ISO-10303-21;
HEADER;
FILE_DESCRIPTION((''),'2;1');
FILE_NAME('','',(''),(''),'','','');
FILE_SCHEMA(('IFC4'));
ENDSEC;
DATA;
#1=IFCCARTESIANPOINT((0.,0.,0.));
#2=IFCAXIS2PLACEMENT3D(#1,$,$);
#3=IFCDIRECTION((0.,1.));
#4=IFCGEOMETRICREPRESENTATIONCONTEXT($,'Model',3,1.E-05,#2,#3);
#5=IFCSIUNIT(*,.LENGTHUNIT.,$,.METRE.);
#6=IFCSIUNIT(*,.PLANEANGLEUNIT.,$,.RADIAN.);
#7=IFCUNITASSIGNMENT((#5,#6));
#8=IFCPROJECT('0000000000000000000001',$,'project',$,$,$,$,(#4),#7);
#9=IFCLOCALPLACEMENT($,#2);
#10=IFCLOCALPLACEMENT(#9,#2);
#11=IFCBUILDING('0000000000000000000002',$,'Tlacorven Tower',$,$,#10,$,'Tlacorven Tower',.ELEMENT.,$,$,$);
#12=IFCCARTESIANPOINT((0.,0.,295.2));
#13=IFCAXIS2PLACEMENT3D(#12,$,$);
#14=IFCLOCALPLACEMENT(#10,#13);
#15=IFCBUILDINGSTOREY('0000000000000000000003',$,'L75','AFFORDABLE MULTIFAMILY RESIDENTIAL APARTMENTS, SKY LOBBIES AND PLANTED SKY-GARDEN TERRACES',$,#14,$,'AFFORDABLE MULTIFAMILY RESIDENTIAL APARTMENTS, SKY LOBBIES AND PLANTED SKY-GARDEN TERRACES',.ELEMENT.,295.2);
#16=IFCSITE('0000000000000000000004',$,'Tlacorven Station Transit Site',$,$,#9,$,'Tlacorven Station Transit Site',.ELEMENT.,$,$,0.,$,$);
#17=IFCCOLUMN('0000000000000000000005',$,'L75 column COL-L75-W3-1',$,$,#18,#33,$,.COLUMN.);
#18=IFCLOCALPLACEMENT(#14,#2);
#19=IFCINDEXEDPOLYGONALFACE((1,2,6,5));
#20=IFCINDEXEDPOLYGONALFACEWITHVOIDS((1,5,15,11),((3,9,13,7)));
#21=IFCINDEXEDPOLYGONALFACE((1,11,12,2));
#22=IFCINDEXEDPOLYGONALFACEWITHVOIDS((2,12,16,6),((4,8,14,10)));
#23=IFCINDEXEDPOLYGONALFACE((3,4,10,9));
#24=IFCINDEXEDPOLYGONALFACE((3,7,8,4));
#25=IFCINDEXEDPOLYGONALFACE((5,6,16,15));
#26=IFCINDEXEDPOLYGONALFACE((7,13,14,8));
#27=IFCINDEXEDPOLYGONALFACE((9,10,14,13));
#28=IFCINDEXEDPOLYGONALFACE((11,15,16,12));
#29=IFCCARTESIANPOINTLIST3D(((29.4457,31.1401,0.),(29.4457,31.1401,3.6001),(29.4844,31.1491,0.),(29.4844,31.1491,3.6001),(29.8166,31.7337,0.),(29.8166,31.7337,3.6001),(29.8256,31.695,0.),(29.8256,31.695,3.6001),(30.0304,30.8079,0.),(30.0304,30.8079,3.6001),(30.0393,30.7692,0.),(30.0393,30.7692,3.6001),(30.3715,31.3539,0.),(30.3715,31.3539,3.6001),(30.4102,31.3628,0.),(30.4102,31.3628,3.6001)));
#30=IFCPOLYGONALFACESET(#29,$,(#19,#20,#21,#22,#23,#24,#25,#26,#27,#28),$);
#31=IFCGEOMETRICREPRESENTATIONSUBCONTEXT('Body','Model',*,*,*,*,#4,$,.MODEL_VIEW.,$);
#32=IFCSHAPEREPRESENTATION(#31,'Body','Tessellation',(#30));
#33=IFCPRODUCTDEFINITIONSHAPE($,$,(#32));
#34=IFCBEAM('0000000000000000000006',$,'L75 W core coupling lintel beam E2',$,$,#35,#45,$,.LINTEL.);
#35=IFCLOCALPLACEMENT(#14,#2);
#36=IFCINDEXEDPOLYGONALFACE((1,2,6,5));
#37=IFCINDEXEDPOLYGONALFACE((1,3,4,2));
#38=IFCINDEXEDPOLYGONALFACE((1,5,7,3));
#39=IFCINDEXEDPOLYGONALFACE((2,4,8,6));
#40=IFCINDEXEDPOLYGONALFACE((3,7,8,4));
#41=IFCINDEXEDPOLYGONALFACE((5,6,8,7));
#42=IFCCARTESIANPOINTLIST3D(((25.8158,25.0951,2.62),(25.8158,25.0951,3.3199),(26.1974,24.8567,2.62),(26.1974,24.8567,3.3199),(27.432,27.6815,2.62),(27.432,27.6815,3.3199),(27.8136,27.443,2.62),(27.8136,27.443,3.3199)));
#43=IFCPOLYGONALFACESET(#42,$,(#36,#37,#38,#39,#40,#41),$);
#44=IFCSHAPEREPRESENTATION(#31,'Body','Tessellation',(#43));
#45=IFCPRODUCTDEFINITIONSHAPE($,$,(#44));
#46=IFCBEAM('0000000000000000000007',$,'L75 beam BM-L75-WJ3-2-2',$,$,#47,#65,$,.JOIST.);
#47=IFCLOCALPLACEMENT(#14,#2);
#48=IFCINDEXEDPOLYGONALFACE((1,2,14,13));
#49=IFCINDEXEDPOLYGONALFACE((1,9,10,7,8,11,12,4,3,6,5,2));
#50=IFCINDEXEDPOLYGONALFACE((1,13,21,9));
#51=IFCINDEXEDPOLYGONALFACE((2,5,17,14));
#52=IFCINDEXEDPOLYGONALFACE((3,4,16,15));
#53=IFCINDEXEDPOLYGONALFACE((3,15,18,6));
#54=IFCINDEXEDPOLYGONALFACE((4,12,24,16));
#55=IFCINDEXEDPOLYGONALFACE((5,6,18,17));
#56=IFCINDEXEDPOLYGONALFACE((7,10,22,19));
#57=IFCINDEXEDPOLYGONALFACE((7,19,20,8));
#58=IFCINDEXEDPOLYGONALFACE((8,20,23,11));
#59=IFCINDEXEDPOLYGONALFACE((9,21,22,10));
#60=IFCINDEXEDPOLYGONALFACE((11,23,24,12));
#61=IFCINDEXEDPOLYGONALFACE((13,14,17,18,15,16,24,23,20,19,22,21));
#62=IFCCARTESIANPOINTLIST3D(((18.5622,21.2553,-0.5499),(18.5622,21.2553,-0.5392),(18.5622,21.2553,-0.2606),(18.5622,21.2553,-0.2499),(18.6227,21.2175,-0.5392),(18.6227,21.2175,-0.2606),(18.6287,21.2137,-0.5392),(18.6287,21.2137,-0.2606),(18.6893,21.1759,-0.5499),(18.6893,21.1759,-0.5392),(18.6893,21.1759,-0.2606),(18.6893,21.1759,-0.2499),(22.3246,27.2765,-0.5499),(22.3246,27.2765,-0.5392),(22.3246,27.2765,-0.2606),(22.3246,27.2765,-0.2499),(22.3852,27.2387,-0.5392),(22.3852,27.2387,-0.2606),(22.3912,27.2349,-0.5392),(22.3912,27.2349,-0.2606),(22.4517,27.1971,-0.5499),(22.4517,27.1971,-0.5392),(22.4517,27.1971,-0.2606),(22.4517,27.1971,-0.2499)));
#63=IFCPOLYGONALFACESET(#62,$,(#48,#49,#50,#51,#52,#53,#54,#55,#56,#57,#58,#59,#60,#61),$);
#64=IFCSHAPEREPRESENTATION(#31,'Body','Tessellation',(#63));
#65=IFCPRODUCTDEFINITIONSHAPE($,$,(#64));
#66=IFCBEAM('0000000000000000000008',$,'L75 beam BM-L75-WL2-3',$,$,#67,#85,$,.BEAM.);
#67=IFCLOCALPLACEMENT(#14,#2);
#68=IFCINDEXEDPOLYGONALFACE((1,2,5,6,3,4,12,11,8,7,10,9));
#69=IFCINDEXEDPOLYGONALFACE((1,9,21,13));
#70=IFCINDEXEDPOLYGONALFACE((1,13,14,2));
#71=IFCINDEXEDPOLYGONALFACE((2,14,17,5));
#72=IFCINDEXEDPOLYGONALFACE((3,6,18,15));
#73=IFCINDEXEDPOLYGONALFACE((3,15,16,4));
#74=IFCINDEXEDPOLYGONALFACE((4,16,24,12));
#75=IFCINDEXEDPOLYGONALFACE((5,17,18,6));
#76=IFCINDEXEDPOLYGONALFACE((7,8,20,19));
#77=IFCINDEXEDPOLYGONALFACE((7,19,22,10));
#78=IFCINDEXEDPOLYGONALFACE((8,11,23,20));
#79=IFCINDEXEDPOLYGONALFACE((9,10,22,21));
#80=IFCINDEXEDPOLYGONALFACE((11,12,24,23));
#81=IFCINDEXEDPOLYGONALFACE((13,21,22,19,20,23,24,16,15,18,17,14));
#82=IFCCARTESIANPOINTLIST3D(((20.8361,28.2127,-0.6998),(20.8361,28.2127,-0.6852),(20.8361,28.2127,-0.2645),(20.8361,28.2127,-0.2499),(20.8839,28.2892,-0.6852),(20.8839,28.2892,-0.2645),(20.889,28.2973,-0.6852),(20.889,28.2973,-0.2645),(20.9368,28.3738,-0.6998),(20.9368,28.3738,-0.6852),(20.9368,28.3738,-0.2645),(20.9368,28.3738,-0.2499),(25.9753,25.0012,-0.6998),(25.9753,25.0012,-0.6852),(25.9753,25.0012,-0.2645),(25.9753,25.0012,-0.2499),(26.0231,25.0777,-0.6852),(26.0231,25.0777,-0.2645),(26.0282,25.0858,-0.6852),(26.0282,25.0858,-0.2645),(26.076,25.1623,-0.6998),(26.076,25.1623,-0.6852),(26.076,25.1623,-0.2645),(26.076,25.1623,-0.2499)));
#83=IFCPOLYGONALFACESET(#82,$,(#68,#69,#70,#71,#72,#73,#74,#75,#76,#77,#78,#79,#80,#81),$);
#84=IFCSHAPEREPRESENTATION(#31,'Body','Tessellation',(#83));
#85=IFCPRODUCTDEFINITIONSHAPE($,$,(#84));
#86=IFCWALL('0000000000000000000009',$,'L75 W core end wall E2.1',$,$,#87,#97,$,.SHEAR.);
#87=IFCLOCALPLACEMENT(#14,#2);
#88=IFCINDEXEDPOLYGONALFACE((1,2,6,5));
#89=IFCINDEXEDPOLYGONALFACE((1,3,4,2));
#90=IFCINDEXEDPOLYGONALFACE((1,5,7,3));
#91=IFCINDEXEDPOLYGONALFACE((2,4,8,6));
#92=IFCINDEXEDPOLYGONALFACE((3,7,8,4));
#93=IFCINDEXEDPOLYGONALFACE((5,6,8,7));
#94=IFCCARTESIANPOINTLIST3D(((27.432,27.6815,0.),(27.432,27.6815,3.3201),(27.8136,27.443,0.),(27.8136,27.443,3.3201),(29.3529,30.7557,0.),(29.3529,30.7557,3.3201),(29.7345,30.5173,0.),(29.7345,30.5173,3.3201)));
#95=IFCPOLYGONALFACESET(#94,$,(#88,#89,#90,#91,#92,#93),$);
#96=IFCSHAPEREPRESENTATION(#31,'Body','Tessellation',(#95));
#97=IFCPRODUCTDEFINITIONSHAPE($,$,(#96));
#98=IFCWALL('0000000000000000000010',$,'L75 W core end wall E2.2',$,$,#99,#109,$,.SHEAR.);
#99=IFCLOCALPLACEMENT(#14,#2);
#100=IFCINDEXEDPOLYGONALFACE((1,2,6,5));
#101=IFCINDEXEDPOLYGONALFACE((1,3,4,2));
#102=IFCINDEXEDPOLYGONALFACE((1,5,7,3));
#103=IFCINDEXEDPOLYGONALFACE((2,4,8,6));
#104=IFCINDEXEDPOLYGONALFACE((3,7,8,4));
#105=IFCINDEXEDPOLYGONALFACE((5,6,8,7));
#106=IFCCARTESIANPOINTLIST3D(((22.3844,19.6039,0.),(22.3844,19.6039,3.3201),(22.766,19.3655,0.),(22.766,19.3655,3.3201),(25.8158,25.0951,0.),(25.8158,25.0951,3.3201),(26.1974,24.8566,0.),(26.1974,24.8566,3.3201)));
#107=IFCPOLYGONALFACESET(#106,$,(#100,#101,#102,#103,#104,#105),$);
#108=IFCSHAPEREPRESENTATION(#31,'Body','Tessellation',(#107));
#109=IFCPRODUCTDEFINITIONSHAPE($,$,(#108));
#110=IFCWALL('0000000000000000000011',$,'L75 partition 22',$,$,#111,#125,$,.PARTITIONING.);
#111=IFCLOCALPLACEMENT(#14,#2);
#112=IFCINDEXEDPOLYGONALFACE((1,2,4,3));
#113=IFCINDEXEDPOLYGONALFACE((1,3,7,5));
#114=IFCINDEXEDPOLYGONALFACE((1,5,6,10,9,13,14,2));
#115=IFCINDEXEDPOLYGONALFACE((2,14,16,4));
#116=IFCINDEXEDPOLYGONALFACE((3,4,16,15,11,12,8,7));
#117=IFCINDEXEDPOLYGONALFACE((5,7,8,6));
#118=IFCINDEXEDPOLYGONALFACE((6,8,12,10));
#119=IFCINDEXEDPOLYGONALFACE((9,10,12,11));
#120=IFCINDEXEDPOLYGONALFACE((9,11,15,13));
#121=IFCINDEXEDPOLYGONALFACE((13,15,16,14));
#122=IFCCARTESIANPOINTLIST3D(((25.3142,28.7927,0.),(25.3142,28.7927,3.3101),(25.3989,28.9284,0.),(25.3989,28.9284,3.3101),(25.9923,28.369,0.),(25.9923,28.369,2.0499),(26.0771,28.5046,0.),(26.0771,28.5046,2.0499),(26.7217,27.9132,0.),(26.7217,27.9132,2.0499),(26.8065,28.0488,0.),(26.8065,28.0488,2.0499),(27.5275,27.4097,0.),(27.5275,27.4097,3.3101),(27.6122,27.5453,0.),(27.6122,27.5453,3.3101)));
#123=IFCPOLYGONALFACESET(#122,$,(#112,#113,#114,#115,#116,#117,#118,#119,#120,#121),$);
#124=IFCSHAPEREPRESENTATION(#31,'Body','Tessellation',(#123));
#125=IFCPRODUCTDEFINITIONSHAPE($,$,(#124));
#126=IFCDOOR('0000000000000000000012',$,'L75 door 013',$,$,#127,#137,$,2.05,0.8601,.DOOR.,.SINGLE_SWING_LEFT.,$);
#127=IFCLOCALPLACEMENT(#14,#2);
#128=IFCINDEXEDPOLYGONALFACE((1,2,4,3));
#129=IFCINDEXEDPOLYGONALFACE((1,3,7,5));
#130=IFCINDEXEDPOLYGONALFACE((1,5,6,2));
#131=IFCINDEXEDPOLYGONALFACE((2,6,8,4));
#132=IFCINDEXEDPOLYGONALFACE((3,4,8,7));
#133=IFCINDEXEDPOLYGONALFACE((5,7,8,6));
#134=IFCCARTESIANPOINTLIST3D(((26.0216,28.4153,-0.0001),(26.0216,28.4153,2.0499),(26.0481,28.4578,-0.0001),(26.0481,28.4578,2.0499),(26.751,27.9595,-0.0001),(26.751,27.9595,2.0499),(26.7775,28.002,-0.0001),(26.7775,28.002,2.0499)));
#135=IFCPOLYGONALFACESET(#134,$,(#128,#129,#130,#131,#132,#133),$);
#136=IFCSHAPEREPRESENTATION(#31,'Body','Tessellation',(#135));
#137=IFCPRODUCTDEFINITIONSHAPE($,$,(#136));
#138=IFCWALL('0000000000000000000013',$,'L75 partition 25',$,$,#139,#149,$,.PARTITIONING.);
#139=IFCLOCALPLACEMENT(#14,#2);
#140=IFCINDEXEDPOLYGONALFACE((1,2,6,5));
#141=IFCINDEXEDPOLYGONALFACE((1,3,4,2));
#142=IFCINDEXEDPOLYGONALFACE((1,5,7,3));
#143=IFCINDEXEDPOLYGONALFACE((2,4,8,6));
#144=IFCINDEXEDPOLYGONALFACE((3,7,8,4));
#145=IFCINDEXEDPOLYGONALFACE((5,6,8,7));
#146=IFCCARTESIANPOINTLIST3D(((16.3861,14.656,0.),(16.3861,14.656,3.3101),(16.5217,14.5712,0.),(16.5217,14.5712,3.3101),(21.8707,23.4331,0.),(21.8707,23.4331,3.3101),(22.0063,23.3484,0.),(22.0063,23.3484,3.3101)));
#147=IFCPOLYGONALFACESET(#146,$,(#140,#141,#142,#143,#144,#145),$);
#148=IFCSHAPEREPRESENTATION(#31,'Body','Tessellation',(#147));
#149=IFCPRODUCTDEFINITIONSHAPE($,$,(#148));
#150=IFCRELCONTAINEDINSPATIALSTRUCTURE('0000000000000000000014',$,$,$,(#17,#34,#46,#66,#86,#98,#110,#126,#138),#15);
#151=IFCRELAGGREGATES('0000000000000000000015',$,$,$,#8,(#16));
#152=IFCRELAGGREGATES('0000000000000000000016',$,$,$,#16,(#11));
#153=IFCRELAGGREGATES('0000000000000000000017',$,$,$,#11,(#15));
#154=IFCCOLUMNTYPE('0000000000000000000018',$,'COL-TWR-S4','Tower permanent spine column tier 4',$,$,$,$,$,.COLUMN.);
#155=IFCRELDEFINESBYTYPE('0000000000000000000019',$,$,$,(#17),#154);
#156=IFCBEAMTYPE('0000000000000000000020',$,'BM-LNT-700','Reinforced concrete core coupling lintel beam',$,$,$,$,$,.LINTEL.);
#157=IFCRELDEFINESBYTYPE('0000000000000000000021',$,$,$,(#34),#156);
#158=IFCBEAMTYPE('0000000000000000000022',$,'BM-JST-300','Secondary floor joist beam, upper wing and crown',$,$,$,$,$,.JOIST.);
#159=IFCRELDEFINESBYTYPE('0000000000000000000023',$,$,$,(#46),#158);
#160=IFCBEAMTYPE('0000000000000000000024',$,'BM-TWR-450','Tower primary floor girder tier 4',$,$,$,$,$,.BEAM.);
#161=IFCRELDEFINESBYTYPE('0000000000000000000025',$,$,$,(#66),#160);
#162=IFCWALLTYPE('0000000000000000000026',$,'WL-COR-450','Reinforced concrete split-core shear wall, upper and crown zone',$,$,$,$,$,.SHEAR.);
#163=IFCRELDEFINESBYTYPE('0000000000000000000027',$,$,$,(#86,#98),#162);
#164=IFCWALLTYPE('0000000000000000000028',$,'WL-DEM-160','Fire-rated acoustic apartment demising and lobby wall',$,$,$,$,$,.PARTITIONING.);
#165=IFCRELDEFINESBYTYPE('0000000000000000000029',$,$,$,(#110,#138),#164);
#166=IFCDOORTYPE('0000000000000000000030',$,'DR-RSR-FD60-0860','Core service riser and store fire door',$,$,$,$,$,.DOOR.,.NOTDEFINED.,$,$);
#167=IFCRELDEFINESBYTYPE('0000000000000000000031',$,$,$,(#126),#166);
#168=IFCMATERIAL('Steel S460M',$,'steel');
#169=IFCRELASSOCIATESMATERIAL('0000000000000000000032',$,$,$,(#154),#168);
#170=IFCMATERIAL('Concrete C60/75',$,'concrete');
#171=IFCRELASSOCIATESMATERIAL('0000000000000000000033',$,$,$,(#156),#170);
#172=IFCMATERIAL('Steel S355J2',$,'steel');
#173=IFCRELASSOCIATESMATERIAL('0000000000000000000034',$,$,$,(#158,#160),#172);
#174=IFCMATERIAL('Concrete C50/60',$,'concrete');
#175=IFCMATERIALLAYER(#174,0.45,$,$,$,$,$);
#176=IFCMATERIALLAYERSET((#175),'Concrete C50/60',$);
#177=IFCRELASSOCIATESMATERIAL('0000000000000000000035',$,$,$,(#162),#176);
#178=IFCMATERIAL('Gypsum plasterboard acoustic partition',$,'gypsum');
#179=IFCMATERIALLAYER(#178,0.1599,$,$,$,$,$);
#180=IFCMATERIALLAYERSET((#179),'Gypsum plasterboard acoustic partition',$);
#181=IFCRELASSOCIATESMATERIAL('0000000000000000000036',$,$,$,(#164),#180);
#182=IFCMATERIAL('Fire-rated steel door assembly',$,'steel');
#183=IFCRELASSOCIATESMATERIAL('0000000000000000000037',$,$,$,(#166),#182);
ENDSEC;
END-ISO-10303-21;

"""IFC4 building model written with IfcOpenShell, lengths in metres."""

from ifc_helpers import new_model, si_unit, direction, frame, frame_2d, origin, origin_2d, place, context, subcontext, project, spatial, rectangle, hollow_rectangle, i_section, extrude, source, transform, mapped, material, layer, layer_set, material_profile, profile_set, type_object, element, fill, save


model = new_model("IFC4")

# Units and contexts
model_context = context("Model", 3, precision=1e-05, world=origin(), true_north=direction((0.0, 1.0)))
body_context = subcontext(model_context, "Body", "Model", "MODEL_VIEW")
ifc_project = project(units=[si_unit("LENGTHUNIT", "METRE"), si_unit("PLANEANGLEUNIT", "RADIAN")], contexts=[model_context])

# Site, building, storey
site_placement = place(None, origin())
site = spatial("IfcSite", under=ifc_project, at=site_placement, Name="Tlacorven Station Transit Site", LongName="Tlacorven Station Transit Site", CompositionType="ELEMENT", RefElevation=0.0)
building_placement = place(site_placement, origin())
building = spatial("IfcBuilding", under=site, at=building_placement, Name="Tlacorven Tower", LongName="Tlacorven Tower", CompositionType="ELEMENT")
storey_placement = place(building_placement, frame((0.0, 0.0, 295.2)))
storey = spatial("IfcBuildingStorey", under=building, at=storey_placement, Name="L75", Description="AFFORDABLE MULTIFAMILY RESIDENTIAL APARTMENTS, SKY LOBBIES AND PLANTED SKY-GARDEN TERRACES", LongName="AFFORDABLE MULTIFAMILY RESIDENTIAL APARTMENTS, SKY LOBBIES AND PLANTED SKY-GARDEN TERRACES", CompositionType="ELEMENT", Elevation=295.2)

# Column
ifc_material_1 = material(Name="Steel S460M", Category="steel")
ifc_material_profile_1 = material_profile(ifc_material_1, hollow_rectangle(XDim=0.7, YDim=0.7, WallThickness=0.0281, at=origin_2d()), Name="BOX 700X700X28")
ifc_profile_set_1 = profile_set([ifc_material_profile_1], Name="Steel S460M")
column_type = type_object("IfcColumnType", Name="COL-TWR-S4", Description="Tower permanent spine column tier 4", PredefinedType="COLUMN", material=ifc_profile_set_1)
shared_shape_1 = source(origin(), body_context, "Body", "SweptSolid", [
    extrude(hollow_rectangle(XDim=0.7, YDim=0.7, WallThickness=0.0281, at=origin_2d()), origin(), (0.0, 0.0, 1.0), 3.6001),
])
column_placement = place(storey_placement, frame((29.928, 31.2515, 0.0), z_axis=(0.0, 0.0, 1.0), x_axis=(-0.848048, 0.529919, 0.0)))
element("IfcColumn", 1, at=column_placement, inside=storey, type_object=column_type, Name="L75 column COL-L75-W3-1", PredefinedType="COLUMN", context=body_context, shape_type="MappedRepresentation", body=[
    mapped(shared_shape_1, transform((0.0, 0.0, 0.0), scale=1.0)),
])

# Beams
ifc_material_2 = material(Name="Concrete C60/75", Category="concrete")
ifc_material_profile_2 = material_profile(ifc_material_2, rectangle(XDim=0.45, YDim=0.7, at=origin_2d()), Name="RC 450X700")
ifc_profile_set_2 = profile_set([ifc_material_profile_2], Name="Concrete C60/75")
beam_type_1 = type_object("IfcBeamType", Name="BM-LNT-700", Description="Reinforced concrete core coupling lintel beam", PredefinedType="LINTEL", material=ifc_profile_set_2)
shared_shape_2 = source(origin(), body_context, "Body", "SweptSolid", [
    extrude(rectangle(XDim=0.45, YDim=0.7, at=origin_2d()), origin(), (0.0, 0.0, 1.0), 3.0498),
])
beam_1_placement = place(storey_placement, frame((27.6228, 27.5623, 2.97), z_axis=(-0.529927, -0.848043, 0.0), x_axis=(0.848043, -0.529927, 0.0)))
element("IfcBeam", 2, at=beam_1_placement, inside=storey, type_object=beam_type_1, Name="L75 W core coupling lintel beam E2", PredefinedType="LINTEL", context=body_context, shape_type="MappedRepresentation", body=[
    mapped(shared_shape_2, transform((0.0, 0.0, 0.0), scale=1.0)),
])
ifc_material_3 = material(Name="Steel S355J2", Category="steel")
ifc_material_profile_3 = material_profile(ifc_material_3, i_section(OverallWidth=0.1499, OverallDepth=0.3, WebThickness=0.0071, FlangeThickness=0.0107, at=origin_2d()), Name="IPE 300")
ifc_profile_set_3 = profile_set([ifc_material_profile_3], Name="Steel S355J2")
beam_type_2 = type_object("IfcBeamType", Name="BM-JST-300", Description="Secondary floor joist beam, upper wing and crown", PredefinedType="JOIST", material=ifc_profile_set_3)
shared_shape_3 = source(origin(), body_context, "Body", "SweptSolid", [
    extrude(i_section(OverallWidth=0.1499, OverallDepth=0.3, WebThickness=0.0071, FlangeThickness=0.0107, at=origin_2d()), origin(), (0.0, 0.0, 1.0), 7.1001),
])
beam_2_placement = place(storey_placement, frame((22.3882, 27.2368, -0.3999), z_axis=(-0.529915, -0.84805, 0.0), x_axis=(0.84805, -0.529915, 0.0)))
element("IfcBeam", 3, at=beam_2_placement, inside=storey, type_object=beam_type_2, Name="L75 beam BM-L75-WJ3-2-2", PredefinedType="JOIST", context=body_context, shape_type="MappedRepresentation", body=[
    mapped(shared_shape_3, transform((0.0, 0.0, 0.0), scale=1.0)),
])
ifc_material_profile_4 = material_profile(ifc_material_3, i_section(OverallWidth=0.1899, OverallDepth=0.45, WebThickness=0.0095, FlangeThickness=0.0146, at=origin_2d()), Name="IPE 450")
ifc_profile_set_4 = profile_set([ifc_material_profile_4], Name="Steel S355J2")
beam_type_3 = type_object("IfcBeamType", Name="BM-TWR-450", Description="Tower primary floor girder tier 4", PredefinedType="BEAM", material=ifc_profile_set_4)
shared_shape_4 = source(origin(), body_context, "Body", "SweptSolid", [
    extrude(i_section(OverallWidth=0.1899, OverallDepth=0.45, WebThickness=0.0095, FlangeThickness=0.0146, at=origin_2d()), origin(), (0.0, 0.0, 1.0), 6.0601),
])
beam_3_placement = place(storey_placement, frame((26.0256, 25.0818, -0.4749), z_axis=(-0.848039, 0.529934, 0.0), x_axis=(-0.529934, -0.848039, 0.0)))
element("IfcBeam", 4, at=beam_3_placement, inside=storey, type_object=beam_type_3, Name="L75 beam BM-L75-WL2-3", PredefinedType="BEAM", context=body_context, shape_type="MappedRepresentation", body=[
    mapped(shared_shape_4, transform((0.0, 0.0, 0.0), scale=1.0)),
])

# Walls
ifc_material_4 = material(Name="Concrete C50/60", Category="concrete")
ifc_layer_1 = layer(ifc_material_4, 0.45)
ifc_layer_set_1 = layer_set([ifc_layer_1], Name="Concrete C50/60")
wall_type_1 = type_object("IfcWallType", Name="WL-COR-450", Description="Reinforced concrete split-core shear wall, upper and crown zone", PredefinedType="SHEAR", material=ifc_layer_set_1)
wall_1_placement = place(storey_placement, frame((29.5437, 30.6365, 0.0), z_axis=(0.0, 0.0, 1.0), x_axis=(-0.529902, -0.848059, 0.0)))
element("IfcWall", 5, at=wall_1_placement, inside=storey, type_object=wall_type_1, Name="L75 W core end wall E2.1", PredefinedType="SHEAR", context=body_context, shape_type="SweptSolid", body=[
    extrude(rectangle(XDim=3.625, YDim=0.45, at=frame_2d((1.8125, 0.0))), origin(), (0.0, 0.0, 1.0), 3.3201),
])
wall_2_placement = place(storey_placement, frame((26.0066, 24.9758, 0.0), z_axis=(0.0, 0.0, 1.0), x_axis=(-0.529931, -0.848041, 0.0)))
element("IfcWall", 6, at=wall_2_placement, inside=storey, type_object=wall_type_1, Name="L75 W core end wall E2.2", PredefinedType="SHEAR", context=body_context, shape_type="SweptSolid", body=[
    extrude(rectangle(XDim=6.4751, YDim=0.45, at=frame_2d((3.2375, 0.0))), origin(), (0.0, 0.0, 1.0), 3.3201),
])

# Wall, opening, door
ifc_material_5 = material(Name="Gypsum plasterboard acoustic partition", Category="gypsum")
ifc_layer_2 = layer(ifc_material_5, 0.1599)
ifc_layer_set_2 = layer_set([ifc_layer_2], Name="Gypsum plasterboard acoustic partition")
wall_type_2 = type_object("IfcWallType", Name="WL-DEM-160", Description="Fire-rated acoustic apartment demising and lobby wall", PredefinedType="PARTITIONING", material=ifc_layer_set_2)
wall_3_placement = place(storey_placement, frame((27.5698, 27.4775, 0.0), z_axis=(0.0, 0.0, 1.0), x_axis=(-0.848051, 0.529915, 0.0)))
wall_3 = element("IfcWall", 7, at=wall_3_placement, inside=storey, type_object=wall_type_2, Name="L75 partition 22", PredefinedType="PARTITIONING", context=body_context, shape_type="SweptSolid", body=[
    extrude(rectangle(XDim=2.6099, YDim=0.1599, at=frame_2d((1.3049, 0.0))), origin(), (0.0, 0.0, 1.0), 3.3101),
])
opening_1_placement = place(wall_3_placement, frame((0.95, 0.0, 0.0)))
opening_1 = element("IfcOpeningElement", 8, at=opening_1_placement, cuts=wall_3, PredefinedType="OPENING", context=body_context, shape_type="SweptSolid", body=[
    extrude(rectangle(XDim=0.8601, YDim=2.05, at=frame_2d((0.4302, 1.0249))), frame((0.0, 0.0898, 0.0), z_axis=(0.0, -1.0, 0.0), x_axis=(1.0, 0.0, 0.0)), (0.0, 0.0, 1.0), 0.1799),
])
ifc_material_6 = material(Name="Fire-rated steel door assembly", Category="steel")
door_type_1 = type_object("IfcDoorType", Name="DR-RSR-FD60-0860", Description="Core service riser and store fire door", OperationType="NOTDEFINED", PredefinedType="DOOR", material=ifc_material_6)
shared_shape_5 = source(origin(), body_context, "Body", "SweptSolid", [
    extrude(rectangle(XDim=0.8601, YDim=2.05, at=frame_2d((0.4302, 1.0249))), frame((0.0, 0.0249, 0.0), z_axis=(0.0, -1.0, 0.0), x_axis=(1.0, 0.0, 0.0)), (0.0, 0.0, 1.0), 0.05),
])
door_1_placement = place(opening_1_placement, frame((0.8601, 0.0, 0.0), z_axis=(0.0, 0.0, 1.0), x_axis=(-1.0, 0.0, 0.0)))
door_1 = element("IfcDoor", 9, at=door_1_placement, inside=storey, type_object=door_type_1, Name="L75 door 013", OperationType="SINGLE_SWING_LEFT", OverallHeight=2.05, OverallWidth=0.8601, PredefinedType="DOOR", context=body_context, shape_type="MappedRepresentation", body=[
    mapped(shared_shape_5, transform((0.0, 0.0, 0.0), scale=1.0)),
])
fill(opening_1, door_1)

# Wall
wall_4_placement = place(storey_placement, frame((21.9385, 23.3906, 0.0), z_axis=(0.0, 0.0, 1.0), x_axis=(-0.529925, -0.848045, 0.0)))
element("IfcWall", 10, at=wall_4_placement, inside=storey, type_object=wall_type_2, Name="L75 partition 25", PredefinedType="PARTITIONING", context=body_context, shape_type="SweptSolid", body=[
    extrude(rectangle(XDim=10.3499, YDim=0.1599, at=frame_2d((5.1748, 0.0))), origin(), (0.0, 0.0, 1.0), 3.3101),
])

save(model, "model.ifc")
